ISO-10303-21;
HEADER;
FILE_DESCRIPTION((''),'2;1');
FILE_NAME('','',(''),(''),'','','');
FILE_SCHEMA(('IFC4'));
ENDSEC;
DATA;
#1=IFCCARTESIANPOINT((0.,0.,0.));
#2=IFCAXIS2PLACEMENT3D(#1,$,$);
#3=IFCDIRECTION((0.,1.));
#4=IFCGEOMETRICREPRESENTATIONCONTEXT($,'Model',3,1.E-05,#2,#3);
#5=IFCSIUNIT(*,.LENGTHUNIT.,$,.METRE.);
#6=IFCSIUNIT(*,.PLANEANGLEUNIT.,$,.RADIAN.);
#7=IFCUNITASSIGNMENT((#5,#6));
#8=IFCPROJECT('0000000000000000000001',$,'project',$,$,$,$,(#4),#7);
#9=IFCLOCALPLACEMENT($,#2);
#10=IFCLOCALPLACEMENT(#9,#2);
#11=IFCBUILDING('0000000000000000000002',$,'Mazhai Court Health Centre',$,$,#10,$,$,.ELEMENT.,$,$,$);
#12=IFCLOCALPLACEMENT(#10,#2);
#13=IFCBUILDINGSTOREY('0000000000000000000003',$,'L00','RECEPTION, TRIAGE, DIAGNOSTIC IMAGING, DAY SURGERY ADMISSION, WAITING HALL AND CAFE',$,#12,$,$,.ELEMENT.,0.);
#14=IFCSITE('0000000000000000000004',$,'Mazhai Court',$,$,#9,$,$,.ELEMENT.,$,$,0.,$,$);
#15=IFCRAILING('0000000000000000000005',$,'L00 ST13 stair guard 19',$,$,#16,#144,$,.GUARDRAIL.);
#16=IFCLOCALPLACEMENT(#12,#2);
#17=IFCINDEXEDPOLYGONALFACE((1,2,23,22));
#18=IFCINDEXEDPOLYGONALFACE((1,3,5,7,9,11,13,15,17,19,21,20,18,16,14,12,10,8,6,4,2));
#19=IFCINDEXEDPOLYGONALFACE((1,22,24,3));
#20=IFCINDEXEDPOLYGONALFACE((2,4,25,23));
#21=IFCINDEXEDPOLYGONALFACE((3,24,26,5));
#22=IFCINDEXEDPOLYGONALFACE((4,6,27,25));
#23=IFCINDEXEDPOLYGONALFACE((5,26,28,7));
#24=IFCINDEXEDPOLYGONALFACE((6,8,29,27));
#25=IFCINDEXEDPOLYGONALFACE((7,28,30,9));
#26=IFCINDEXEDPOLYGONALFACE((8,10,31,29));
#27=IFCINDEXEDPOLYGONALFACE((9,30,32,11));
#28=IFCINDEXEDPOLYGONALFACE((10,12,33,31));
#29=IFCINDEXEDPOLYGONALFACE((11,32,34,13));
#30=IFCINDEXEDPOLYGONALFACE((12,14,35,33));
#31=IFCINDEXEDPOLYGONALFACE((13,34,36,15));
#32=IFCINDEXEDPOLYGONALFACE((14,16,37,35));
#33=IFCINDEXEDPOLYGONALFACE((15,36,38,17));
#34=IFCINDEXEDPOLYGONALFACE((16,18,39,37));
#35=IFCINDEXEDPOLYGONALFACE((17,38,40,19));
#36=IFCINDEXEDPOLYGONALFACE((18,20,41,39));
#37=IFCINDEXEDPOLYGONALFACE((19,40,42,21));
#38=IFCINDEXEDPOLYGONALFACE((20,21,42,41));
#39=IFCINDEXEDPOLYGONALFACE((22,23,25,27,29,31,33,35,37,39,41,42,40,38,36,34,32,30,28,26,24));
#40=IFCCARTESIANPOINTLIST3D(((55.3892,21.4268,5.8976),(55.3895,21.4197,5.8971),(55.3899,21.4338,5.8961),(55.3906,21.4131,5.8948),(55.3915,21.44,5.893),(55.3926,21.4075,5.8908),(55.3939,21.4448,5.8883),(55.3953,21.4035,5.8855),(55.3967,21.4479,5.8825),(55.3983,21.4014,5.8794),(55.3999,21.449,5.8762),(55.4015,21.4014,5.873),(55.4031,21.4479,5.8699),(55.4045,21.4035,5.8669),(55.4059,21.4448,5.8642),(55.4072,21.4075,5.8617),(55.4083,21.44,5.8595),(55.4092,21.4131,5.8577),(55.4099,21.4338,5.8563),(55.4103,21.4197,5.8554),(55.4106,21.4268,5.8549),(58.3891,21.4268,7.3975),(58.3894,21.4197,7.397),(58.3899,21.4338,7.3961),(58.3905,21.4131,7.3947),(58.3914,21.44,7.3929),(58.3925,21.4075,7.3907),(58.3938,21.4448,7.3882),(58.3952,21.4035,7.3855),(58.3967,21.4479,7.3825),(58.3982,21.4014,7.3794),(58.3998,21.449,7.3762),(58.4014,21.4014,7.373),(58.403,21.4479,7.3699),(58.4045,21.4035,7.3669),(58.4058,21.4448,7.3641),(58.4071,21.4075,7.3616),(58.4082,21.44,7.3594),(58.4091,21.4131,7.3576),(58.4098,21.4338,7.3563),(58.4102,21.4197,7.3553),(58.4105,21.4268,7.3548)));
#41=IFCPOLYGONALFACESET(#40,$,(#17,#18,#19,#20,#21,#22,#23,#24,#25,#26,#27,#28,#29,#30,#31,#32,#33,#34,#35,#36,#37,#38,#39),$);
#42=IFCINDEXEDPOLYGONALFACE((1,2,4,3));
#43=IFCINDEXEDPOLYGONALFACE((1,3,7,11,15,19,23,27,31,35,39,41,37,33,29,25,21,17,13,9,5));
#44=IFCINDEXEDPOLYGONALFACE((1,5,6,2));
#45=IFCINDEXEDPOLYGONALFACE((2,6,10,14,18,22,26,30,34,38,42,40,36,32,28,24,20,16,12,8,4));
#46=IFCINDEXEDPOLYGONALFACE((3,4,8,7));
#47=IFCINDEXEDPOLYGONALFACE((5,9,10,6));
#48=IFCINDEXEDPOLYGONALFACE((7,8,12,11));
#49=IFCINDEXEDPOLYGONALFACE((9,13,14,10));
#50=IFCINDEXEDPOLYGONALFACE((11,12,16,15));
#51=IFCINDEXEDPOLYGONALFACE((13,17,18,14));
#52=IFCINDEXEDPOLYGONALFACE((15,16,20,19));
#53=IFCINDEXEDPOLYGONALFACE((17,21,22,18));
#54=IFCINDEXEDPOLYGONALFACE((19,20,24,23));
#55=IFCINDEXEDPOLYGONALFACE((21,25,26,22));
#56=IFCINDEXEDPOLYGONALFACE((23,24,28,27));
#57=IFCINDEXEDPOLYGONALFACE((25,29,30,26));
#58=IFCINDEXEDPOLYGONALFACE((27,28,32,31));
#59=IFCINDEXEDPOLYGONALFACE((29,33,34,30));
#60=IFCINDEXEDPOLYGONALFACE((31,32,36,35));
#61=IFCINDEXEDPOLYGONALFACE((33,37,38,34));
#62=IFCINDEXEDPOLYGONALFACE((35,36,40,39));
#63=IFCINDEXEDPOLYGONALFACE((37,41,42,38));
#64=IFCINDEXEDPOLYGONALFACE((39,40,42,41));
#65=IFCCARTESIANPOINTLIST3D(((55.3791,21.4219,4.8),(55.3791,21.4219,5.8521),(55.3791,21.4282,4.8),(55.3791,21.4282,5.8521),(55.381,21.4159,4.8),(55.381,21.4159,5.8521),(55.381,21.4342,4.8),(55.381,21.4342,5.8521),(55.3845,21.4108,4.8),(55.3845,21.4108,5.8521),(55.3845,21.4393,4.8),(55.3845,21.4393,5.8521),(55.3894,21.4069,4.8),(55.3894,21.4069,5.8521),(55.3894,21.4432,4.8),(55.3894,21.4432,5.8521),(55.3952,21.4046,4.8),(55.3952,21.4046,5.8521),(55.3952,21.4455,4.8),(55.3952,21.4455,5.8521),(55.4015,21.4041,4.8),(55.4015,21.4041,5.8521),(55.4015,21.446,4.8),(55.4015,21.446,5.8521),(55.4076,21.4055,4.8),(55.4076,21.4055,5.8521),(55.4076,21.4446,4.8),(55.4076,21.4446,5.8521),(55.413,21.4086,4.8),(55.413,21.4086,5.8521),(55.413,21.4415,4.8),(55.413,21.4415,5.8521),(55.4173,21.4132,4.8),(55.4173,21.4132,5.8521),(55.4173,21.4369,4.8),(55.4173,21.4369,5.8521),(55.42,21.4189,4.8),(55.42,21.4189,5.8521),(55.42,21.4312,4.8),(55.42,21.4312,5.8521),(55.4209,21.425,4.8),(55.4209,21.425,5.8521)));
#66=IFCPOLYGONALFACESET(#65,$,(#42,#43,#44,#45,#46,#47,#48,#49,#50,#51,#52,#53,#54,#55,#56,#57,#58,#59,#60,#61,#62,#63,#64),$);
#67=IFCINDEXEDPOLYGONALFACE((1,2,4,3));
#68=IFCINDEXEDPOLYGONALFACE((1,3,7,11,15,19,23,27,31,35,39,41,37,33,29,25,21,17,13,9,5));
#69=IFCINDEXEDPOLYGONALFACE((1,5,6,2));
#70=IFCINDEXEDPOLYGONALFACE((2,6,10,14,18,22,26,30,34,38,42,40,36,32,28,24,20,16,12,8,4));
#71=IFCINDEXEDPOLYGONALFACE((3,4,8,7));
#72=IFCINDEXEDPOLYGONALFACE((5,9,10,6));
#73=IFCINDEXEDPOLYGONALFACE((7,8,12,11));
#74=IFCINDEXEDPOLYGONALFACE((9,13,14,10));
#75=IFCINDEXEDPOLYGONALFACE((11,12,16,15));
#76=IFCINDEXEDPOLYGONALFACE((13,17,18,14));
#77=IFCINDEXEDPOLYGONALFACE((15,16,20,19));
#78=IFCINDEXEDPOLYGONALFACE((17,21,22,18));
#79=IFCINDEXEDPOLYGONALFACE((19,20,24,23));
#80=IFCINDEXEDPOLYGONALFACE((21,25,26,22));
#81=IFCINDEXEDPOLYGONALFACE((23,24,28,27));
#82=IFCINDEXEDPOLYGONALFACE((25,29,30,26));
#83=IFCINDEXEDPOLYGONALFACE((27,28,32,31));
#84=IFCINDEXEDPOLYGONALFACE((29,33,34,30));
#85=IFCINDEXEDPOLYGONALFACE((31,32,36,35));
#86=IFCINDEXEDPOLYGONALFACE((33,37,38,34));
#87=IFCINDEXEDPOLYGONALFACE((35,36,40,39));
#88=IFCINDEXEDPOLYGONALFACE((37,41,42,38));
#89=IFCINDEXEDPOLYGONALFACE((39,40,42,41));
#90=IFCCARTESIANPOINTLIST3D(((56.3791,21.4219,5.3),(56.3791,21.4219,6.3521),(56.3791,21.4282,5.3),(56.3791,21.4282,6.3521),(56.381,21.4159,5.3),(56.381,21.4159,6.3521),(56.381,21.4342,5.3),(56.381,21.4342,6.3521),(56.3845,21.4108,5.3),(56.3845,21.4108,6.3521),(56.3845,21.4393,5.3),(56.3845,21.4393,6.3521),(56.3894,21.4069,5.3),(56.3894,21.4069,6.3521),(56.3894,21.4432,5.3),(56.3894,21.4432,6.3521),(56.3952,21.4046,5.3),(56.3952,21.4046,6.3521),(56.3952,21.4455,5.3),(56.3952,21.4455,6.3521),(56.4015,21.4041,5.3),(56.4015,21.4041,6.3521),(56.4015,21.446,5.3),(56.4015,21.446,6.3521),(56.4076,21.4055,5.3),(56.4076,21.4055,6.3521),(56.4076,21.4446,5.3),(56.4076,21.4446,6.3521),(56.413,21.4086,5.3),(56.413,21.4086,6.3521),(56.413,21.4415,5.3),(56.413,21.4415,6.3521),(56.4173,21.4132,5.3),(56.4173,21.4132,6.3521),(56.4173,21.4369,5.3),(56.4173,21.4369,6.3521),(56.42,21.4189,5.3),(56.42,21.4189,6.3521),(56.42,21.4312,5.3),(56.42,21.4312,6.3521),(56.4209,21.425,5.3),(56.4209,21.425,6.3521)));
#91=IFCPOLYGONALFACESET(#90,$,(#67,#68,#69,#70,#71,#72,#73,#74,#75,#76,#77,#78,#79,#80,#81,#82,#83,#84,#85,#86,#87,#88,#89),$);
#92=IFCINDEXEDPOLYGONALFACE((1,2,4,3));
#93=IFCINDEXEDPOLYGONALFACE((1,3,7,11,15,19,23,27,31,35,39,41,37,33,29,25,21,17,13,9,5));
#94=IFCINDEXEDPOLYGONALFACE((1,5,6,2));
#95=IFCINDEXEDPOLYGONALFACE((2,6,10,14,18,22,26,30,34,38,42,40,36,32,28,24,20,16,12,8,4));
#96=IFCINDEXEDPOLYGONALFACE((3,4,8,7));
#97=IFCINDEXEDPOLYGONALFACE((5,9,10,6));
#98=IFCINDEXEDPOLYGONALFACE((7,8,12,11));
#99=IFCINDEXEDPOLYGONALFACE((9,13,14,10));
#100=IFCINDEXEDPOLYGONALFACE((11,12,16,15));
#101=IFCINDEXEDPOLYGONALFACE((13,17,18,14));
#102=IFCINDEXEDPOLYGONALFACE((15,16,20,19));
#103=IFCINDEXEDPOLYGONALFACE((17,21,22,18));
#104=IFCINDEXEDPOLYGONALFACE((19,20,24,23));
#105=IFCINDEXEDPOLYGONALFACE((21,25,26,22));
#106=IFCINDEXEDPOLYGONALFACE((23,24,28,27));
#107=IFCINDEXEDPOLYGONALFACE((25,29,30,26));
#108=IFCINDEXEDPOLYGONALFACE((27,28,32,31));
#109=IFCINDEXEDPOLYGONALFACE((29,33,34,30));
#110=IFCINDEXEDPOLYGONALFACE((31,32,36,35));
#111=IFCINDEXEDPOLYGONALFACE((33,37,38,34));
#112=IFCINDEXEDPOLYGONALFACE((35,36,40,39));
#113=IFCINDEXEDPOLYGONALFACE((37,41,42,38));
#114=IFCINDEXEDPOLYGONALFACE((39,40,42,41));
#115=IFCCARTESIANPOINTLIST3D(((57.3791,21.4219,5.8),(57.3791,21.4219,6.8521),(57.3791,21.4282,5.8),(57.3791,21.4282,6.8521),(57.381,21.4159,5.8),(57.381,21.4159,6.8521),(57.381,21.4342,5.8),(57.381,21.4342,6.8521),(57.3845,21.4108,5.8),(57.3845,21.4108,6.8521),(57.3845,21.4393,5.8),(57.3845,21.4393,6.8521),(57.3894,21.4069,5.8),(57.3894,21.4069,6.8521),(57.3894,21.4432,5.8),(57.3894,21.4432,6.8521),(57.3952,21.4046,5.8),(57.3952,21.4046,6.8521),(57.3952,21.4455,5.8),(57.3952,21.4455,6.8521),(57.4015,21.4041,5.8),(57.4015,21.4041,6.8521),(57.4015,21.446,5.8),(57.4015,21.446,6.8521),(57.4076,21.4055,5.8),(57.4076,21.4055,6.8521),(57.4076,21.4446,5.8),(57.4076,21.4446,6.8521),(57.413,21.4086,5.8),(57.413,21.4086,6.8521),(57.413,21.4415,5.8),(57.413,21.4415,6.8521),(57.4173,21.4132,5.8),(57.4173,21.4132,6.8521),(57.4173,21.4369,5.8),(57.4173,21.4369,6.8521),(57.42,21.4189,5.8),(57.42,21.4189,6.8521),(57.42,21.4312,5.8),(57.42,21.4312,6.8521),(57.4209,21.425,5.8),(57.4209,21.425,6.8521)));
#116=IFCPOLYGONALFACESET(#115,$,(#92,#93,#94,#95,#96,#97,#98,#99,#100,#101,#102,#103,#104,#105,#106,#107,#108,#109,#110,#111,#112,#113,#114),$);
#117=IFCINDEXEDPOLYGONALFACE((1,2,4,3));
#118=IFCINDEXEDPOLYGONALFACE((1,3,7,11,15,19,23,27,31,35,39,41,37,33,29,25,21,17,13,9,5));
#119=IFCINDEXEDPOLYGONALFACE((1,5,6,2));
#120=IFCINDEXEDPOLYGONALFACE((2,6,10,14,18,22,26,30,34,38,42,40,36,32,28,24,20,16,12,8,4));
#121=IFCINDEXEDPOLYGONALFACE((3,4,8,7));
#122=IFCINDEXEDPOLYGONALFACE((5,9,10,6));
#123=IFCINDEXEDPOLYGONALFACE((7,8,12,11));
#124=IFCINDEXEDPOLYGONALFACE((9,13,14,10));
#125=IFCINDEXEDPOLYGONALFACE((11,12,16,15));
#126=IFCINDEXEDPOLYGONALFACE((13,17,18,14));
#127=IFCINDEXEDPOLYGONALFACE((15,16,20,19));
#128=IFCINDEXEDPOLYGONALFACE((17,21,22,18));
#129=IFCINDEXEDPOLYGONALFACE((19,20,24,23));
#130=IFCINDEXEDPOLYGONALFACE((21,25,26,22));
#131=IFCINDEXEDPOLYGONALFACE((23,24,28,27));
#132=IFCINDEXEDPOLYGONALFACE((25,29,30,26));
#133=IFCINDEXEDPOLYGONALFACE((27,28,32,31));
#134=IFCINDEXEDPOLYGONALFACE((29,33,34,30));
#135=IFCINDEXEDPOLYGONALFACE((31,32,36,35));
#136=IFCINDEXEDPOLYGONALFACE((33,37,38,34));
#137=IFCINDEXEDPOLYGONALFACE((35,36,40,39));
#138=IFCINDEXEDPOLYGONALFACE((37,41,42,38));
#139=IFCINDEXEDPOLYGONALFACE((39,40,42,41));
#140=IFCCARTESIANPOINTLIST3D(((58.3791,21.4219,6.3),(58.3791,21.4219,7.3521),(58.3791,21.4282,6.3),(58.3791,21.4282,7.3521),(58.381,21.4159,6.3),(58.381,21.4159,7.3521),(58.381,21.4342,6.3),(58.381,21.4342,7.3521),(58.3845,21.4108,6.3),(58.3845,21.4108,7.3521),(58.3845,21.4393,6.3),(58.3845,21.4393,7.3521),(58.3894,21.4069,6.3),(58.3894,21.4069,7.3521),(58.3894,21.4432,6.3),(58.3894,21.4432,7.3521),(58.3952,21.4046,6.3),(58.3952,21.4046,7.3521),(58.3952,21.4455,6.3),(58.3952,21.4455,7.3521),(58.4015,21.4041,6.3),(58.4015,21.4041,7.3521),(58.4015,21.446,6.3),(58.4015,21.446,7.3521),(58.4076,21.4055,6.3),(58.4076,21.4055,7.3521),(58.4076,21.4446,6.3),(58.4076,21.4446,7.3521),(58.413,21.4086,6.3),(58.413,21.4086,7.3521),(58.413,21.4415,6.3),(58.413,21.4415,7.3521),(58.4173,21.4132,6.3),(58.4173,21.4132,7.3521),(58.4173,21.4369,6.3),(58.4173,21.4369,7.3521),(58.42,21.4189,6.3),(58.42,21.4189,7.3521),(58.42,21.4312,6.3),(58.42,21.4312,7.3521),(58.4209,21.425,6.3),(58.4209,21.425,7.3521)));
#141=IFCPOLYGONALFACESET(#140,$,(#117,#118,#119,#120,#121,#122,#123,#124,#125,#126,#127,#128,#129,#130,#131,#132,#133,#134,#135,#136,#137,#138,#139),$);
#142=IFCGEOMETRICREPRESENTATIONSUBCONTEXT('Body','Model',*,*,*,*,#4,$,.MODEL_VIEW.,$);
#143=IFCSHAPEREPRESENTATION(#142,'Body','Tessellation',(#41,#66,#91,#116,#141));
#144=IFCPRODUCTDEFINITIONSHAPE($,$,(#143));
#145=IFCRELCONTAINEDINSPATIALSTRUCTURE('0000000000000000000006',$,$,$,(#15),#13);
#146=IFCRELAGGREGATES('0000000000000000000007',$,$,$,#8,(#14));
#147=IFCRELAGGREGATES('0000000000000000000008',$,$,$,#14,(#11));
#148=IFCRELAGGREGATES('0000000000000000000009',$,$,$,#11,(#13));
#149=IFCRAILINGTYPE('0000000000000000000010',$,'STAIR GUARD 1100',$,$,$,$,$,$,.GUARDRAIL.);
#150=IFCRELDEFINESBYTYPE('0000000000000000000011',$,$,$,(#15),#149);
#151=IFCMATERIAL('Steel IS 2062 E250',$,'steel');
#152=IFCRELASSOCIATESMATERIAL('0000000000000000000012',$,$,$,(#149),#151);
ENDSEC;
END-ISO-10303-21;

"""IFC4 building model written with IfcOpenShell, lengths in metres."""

from ifc_helpers import new_model, si_unit, direction, frame, origin, origin_2d, place, context, subcontext, project, spatial, circle, extrude, material, type_object, element, save


model = new_model("IFC4")

# Units and contexts
model_context = context("Model", 3, precision=1e-05, world=origin(), true_north=direction((0.0, 1.0)))
body_context = subcontext(model_context, "Body", "Model", "MODEL_VIEW")
ifc_project = project(units=[si_unit("LENGTHUNIT", "METRE"), si_unit("PLANEANGLEUNIT", "RADIAN")], contexts=[model_context])

# Site, building, storey
site_placement = place(None, origin())
site = spatial("IfcSite", under=ifc_project, at=site_placement, Name="Mazhai Court", CompositionType="ELEMENT", RefElevation=0.0)
building_placement = place(site_placement, origin())
building = spatial("IfcBuilding", under=site, at=building_placement, Name="Mazhai Court Health Centre", CompositionType="ELEMENT")
storey_placement = place(building_placement, origin())
storey = spatial("IfcBuildingStorey", under=building, at=storey_placement, Name="L00", Description="RECEPTION, TRIAGE, DIAGNOSTIC IMAGING, DAY SURGERY ADMISSION, WAITING HALL AND CAFE", CompositionType="ELEMENT", Elevation=0.0)

# Railing
ifc_material_1 = material(Name="Steel IS 2062 E250", Category="steel")
railing_type_1 = type_object("IfcRailingType", Name="STAIR GUARD 1100", PredefinedType="GUARDRAIL", material=ifc_material_1)
railing_1_placement = place(storey_placement, frame((55.3999, 21.425, 4.8)))
element("IfcRailing", 1, at=railing_1_placement, inside=storey, type_object=railing_type_1, Name="L00 ST13 stair guard 19", PredefinedType="GUARDRAIL", context=body_context, shape_type="SweptSolid", body=[
    extrude(circle(Radius=0.0239, at=origin_2d()), frame((0.0, 0.0, 1.0762), z_axis=(0.894427, 0.0, 0.447214), x_axis=(0.0, 1.0, 0.0)), (0.0, 0.0, 1.0), 3.354),
    extrude(circle(Radius=0.021, at=origin_2d()), origin(), (0.0, 0.0, 1.0), 1.052),
    extrude(circle(Radius=0.021, at=origin_2d()), frame((1.0, 0.0, 0.5)), (0.0, 0.0, 1.0), 1.052),
    extrude(circle(Radius=0.021, at=origin_2d()), frame((2.0, 0.0, 1.0)), (0.0, 0.0, 1.0), 1.052),
    extrude(circle(Radius=0.021, at=origin_2d()), frame((3.0, 0.0, 1.5)), (0.0, 0.0, 1.0), 1.052),
])

save(model, "model.ifc")
